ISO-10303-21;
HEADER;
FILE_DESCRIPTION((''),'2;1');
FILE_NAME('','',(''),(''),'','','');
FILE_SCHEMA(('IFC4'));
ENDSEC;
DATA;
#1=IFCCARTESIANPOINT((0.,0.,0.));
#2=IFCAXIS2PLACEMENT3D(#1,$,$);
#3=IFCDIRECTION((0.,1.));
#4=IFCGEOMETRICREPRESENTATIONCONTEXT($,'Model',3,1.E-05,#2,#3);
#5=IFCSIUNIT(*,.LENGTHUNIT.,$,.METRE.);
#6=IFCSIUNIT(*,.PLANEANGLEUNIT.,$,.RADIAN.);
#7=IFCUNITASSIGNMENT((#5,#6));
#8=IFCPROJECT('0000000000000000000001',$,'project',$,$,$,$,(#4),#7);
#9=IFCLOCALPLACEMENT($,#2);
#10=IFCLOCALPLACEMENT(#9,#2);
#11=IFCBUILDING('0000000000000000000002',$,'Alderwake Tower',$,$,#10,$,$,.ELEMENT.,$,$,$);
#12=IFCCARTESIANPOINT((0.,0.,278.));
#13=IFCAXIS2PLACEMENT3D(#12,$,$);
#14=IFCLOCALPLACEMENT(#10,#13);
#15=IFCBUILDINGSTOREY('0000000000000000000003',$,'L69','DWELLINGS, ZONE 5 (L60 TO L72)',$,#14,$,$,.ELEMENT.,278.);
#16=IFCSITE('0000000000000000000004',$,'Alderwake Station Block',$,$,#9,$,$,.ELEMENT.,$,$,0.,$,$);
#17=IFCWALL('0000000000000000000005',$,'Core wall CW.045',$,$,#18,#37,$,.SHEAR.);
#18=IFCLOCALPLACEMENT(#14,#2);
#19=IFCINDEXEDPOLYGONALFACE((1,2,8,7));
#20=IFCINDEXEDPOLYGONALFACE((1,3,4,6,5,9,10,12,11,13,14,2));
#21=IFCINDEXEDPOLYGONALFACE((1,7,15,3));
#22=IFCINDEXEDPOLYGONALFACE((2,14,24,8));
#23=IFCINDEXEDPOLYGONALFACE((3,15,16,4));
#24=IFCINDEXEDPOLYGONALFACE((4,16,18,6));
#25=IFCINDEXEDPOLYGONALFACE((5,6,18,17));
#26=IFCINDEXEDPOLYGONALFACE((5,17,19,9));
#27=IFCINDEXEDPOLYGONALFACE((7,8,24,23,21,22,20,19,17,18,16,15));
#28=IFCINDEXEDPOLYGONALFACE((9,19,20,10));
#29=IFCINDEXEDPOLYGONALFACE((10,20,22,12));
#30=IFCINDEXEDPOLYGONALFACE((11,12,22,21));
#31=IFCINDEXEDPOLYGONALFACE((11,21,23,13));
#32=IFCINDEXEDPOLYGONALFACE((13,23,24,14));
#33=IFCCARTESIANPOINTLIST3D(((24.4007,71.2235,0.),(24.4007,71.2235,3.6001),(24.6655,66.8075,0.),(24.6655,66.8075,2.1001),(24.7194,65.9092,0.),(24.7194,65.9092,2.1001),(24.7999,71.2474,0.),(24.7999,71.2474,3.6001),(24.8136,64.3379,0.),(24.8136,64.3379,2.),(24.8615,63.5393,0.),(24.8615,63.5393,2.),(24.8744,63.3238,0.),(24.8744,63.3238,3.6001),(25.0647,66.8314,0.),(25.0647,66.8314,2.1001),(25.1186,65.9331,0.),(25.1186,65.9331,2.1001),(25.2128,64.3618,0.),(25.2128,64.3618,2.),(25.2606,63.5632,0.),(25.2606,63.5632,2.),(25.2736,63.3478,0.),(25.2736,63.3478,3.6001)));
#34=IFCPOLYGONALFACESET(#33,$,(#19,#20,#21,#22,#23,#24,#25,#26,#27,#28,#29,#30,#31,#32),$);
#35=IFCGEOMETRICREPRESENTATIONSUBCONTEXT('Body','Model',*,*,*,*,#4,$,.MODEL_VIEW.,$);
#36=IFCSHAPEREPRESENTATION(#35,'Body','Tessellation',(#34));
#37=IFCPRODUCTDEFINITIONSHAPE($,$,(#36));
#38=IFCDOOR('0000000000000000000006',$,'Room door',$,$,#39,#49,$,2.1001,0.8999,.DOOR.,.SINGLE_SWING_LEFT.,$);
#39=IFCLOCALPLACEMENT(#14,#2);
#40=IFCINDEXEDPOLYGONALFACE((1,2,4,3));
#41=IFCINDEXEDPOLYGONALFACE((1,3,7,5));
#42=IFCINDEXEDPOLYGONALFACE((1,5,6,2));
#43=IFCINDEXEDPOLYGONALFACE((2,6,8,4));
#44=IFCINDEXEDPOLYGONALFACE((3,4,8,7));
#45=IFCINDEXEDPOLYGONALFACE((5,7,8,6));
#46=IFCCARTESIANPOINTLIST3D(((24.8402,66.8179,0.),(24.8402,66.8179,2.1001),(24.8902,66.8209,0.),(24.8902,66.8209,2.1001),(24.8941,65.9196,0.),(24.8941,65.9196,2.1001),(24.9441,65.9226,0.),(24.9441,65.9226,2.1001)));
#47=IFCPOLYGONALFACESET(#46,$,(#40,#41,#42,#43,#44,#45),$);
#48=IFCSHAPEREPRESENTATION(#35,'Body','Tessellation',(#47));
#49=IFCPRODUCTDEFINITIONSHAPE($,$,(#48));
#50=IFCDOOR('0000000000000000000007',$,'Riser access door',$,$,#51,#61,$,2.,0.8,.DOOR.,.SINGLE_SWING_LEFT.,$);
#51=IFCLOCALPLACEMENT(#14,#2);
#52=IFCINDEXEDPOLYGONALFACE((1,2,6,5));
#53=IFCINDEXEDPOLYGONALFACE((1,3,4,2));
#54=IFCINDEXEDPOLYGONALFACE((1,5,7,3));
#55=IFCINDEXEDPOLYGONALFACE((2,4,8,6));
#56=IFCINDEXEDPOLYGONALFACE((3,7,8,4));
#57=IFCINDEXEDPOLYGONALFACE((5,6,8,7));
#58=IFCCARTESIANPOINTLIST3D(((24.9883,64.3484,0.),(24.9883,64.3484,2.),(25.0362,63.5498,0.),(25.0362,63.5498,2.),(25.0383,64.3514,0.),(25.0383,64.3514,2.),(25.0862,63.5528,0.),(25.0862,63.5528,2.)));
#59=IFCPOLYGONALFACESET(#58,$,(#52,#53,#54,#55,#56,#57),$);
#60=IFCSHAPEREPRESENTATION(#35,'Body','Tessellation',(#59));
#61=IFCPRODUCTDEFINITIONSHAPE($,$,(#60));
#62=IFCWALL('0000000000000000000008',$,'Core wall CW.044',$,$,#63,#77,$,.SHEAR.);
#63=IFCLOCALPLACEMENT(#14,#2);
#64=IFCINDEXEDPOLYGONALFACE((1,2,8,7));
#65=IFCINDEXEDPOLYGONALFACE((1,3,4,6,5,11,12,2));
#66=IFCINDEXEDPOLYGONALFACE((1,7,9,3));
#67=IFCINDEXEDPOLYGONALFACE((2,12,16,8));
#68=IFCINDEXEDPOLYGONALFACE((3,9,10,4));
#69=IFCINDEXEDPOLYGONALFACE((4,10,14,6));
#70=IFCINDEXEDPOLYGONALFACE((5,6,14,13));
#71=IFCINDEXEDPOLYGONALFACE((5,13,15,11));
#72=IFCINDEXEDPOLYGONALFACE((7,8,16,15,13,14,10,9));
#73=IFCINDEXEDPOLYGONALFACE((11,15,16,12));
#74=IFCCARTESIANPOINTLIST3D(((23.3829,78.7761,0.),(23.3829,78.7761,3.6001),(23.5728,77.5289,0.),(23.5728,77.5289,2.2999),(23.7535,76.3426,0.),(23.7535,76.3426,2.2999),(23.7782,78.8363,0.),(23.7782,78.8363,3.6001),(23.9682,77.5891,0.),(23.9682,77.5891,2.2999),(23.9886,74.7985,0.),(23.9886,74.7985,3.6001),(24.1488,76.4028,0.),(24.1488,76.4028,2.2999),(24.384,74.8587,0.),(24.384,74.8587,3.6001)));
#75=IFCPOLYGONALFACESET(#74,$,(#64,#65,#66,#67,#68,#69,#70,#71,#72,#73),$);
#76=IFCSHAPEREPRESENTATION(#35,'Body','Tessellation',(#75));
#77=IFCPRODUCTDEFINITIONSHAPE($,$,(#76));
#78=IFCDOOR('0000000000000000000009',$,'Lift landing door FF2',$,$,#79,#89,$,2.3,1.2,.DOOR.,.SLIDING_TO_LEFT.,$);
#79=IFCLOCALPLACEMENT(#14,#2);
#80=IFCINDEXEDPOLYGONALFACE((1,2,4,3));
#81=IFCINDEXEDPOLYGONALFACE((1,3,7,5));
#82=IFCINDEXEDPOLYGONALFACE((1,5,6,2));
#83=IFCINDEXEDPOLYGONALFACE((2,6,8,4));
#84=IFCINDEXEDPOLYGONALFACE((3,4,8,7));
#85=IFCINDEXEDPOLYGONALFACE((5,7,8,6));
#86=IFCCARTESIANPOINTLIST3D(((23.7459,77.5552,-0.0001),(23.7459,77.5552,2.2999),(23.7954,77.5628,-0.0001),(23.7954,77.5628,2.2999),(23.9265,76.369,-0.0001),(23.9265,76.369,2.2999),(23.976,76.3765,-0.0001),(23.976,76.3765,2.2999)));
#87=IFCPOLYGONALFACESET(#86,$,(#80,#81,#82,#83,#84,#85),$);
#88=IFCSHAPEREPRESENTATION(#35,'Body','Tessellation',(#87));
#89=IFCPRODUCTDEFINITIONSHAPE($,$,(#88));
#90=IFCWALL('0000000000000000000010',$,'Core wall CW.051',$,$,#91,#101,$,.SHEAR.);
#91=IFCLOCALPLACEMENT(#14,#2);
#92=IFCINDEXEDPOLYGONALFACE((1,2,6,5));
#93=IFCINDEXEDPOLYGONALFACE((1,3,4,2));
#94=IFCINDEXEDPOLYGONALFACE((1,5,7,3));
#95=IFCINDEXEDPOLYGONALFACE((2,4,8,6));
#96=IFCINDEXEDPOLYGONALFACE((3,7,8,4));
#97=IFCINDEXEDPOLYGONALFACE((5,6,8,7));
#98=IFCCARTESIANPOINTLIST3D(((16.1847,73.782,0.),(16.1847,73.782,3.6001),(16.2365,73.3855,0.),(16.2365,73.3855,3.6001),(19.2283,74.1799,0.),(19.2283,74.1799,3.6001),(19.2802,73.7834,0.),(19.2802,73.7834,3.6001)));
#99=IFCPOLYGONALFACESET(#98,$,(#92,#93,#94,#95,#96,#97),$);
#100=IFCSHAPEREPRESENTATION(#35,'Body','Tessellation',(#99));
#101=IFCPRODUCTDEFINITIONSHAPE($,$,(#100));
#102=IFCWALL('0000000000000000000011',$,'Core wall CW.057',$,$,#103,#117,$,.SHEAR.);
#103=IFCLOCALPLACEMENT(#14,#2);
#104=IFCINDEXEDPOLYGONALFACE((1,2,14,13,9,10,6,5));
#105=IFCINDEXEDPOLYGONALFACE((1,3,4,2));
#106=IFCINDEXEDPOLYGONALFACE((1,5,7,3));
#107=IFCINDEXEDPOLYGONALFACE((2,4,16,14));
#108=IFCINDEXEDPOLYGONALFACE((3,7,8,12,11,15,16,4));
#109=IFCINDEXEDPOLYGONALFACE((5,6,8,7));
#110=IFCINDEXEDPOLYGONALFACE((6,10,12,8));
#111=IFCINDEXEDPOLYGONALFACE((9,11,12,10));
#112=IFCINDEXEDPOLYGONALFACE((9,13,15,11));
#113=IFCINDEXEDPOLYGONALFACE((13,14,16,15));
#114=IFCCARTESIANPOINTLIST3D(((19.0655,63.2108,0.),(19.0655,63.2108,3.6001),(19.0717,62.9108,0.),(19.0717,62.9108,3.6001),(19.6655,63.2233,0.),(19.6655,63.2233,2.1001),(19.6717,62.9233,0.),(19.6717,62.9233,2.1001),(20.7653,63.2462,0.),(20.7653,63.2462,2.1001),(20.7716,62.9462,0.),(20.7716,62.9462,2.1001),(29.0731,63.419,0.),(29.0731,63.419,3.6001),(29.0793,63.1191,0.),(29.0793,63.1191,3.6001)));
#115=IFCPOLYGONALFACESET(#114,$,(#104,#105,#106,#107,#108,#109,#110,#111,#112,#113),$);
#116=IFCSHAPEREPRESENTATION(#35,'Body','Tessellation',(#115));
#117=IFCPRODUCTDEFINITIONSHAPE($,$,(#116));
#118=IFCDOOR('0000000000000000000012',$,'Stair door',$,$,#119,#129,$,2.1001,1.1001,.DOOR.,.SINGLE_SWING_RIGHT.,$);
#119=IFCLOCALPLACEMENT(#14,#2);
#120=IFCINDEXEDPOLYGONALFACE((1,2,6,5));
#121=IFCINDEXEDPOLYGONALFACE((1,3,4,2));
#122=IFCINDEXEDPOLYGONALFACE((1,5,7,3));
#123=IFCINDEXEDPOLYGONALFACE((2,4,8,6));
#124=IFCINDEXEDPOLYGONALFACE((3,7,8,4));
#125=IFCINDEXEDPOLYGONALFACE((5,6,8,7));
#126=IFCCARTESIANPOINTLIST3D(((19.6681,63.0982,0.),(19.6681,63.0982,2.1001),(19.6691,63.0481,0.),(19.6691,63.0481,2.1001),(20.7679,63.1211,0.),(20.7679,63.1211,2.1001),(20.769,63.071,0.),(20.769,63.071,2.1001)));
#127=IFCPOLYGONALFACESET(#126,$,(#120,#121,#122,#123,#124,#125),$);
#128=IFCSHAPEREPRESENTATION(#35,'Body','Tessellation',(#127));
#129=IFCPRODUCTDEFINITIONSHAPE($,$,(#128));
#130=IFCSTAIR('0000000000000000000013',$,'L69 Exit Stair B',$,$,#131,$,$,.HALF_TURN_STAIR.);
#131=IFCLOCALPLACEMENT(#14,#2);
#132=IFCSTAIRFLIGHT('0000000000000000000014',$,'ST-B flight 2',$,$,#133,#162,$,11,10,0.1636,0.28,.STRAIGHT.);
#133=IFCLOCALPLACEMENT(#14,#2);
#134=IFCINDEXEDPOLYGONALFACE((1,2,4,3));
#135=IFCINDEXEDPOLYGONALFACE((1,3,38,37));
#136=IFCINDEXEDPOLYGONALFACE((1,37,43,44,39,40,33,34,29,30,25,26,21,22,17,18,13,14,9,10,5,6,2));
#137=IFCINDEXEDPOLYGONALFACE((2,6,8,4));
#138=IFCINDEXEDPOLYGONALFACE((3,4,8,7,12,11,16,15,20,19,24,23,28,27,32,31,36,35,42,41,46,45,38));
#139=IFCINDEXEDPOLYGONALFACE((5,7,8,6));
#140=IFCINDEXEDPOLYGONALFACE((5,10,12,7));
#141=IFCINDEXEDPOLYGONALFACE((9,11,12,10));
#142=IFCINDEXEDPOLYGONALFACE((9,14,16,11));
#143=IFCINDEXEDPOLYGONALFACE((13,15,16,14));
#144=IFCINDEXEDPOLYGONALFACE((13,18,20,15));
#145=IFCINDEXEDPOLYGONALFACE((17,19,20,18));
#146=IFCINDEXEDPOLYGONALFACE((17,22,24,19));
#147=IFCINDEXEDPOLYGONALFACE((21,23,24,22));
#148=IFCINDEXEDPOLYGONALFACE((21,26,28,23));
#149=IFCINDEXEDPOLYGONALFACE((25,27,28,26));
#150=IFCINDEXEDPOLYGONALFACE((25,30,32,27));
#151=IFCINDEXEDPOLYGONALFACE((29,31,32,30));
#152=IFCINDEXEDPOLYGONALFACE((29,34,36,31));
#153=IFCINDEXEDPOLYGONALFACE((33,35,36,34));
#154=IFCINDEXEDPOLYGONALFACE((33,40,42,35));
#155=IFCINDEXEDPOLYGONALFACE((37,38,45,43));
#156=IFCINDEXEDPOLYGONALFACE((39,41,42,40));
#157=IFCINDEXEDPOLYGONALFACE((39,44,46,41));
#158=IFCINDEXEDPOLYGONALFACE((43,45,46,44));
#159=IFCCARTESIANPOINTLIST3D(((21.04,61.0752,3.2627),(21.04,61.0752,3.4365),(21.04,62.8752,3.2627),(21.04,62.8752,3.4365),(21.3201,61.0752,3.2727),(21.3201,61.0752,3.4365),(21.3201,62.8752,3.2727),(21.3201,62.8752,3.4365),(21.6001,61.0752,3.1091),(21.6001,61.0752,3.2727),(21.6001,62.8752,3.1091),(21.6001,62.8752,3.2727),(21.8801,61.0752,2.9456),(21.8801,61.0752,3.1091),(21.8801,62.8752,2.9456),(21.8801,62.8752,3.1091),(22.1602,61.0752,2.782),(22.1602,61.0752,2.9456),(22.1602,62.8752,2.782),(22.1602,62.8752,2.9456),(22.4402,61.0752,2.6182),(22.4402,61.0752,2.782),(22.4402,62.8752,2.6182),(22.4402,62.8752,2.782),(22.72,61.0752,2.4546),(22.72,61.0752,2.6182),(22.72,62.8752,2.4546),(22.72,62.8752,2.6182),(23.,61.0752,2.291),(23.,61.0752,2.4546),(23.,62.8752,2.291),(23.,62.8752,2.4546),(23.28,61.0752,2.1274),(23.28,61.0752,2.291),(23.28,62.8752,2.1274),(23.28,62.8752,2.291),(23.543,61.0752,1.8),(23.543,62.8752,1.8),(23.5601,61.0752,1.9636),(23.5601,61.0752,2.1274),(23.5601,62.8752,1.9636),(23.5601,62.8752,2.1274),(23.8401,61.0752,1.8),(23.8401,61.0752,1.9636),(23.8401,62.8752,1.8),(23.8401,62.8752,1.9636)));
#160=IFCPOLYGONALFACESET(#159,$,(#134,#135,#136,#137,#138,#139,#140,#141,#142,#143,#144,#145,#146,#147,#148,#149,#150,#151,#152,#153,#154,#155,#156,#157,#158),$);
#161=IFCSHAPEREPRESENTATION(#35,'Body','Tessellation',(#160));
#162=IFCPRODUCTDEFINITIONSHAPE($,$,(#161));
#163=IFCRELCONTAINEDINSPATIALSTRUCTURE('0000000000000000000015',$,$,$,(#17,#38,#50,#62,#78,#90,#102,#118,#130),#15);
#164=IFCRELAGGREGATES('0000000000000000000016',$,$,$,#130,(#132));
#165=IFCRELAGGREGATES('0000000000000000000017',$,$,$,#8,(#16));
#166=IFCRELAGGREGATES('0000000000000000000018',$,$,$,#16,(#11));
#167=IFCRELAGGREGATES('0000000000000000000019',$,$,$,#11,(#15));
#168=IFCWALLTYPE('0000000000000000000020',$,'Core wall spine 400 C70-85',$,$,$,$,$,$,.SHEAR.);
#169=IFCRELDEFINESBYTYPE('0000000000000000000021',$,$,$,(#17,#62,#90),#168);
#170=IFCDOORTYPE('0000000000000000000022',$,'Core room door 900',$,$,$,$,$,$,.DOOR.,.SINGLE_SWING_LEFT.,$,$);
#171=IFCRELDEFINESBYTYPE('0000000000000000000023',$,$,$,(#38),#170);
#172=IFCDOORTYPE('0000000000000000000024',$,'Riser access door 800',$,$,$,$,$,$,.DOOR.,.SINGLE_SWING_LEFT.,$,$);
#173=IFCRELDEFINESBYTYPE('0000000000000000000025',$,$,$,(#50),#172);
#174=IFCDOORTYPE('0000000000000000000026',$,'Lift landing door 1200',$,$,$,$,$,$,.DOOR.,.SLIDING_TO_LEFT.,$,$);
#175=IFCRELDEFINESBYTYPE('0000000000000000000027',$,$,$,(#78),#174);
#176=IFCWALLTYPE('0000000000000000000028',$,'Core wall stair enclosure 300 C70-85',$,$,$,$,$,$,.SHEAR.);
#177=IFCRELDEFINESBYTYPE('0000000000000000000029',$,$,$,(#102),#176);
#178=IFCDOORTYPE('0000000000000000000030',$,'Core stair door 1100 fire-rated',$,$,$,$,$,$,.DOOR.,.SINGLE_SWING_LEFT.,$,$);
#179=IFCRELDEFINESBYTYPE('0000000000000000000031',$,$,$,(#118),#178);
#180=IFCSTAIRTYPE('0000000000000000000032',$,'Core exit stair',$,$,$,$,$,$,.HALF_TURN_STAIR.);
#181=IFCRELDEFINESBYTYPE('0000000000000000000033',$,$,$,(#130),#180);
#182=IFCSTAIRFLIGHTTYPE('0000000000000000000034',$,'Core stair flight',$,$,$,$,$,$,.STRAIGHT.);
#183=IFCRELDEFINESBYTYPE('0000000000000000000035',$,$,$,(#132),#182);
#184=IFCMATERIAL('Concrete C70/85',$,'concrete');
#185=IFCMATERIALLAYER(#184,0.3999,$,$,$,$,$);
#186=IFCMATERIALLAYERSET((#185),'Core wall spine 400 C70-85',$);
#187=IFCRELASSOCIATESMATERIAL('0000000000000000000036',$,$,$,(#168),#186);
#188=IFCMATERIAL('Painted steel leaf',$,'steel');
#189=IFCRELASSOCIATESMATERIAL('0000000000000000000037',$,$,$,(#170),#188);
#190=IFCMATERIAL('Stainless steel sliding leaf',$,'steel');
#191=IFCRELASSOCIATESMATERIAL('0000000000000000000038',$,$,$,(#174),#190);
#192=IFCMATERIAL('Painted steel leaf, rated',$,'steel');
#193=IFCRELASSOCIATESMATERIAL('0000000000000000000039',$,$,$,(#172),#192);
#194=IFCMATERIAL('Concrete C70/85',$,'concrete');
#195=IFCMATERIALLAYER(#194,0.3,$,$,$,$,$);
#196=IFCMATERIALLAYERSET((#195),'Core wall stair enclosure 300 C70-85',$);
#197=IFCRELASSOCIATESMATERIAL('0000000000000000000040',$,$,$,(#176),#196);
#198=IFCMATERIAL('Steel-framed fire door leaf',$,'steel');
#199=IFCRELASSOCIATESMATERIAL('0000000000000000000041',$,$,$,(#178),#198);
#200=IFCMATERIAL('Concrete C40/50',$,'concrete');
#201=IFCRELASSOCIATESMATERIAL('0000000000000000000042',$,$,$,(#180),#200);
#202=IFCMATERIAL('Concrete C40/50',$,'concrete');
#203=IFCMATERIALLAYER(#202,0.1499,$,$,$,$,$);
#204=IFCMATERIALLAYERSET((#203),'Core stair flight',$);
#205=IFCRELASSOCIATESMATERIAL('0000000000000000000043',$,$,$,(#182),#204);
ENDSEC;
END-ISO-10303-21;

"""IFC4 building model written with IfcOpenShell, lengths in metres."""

from ifc_helpers import new_model, si_unit, direction, frame, frame_2d, origin, place, context, subcontext, project, spatial, polyline, rectangle, outline, extrude, material, layer, layer_set, type_object, element, fill, aggregate, save


model = new_model("IFC4")

# Units and contexts
model_context = context("Model", 3, precision=1e-05, world=origin(), true_north=direction((0.0, 1.0)))
body_context = subcontext(model_context, "Body", "Model", "MODEL_VIEW")
ifc_project = project(units=[si_unit("LENGTHUNIT", "METRE"), si_unit("PLANEANGLEUNIT", "RADIAN")], contexts=[model_context])

# Site, building, storey
site_placement = place(None, origin())
site = spatial("IfcSite", under=ifc_project, at=site_placement, Name="Alderwake Station Block", CompositionType="ELEMENT", RefElevation=0.0)
building_placement = place(site_placement, origin())
building = spatial("IfcBuilding", under=site, at=building_placement, Name="Alderwake Tower", CompositionType="ELEMENT")
storey_placement = place(building_placement, frame((0.0, 0.0, 278.0)))
storey = spatial("IfcBuildingStorey", under=building, at=storey_placement, Name="L69", Description="DWELLINGS, ZONE 5 (L60 TO L72)", CompositionType="ELEMENT", Elevation=278.0)

# Shared definitions
ifc_material_1 = material(Name="Concrete C70/85", Category="concrete")
ifc_layer_1 = layer(ifc_material_1, 0.3999)
ifc_layer_set_1 = layer_set([ifc_layer_1], Name="Core wall spine 400 C70-85")
wall_type_1 = type_object("IfcWallType", Name="Core wall spine 400 C70-85", PredefinedType="SHEAR", material=ifc_layer_set_1)
ifc_material_2 = material(Name="Painted steel leaf", Category="steel")
door_type_1 = type_object("IfcDoorType", Name="Core room door 900", OperationType="SINGLE_SWING_LEFT", PredefinedType="DOOR", material=ifc_material_2)
ifc_material_3 = material(Name="Stainless steel sliding leaf", Category="steel")
door_type_2 = type_object("IfcDoorType", Name="Lift landing door 1200", OperationType="SLIDING_TO_LEFT", PredefinedType="DOOR", material=ifc_material_3)

# Wall, openings, doors
wall_1_placement = place(storey_placement, frame((25.074, 63.3357, 0.0), z_axis=(0.0, 0.0, 1.0), x_axis=(-0.059849, 0.998207, 0.0)))
wall_1 = element("IfcWall", 1, at=wall_1_placement, inside=storey, type_object=wall_type_1, Name="Core wall CW.045", PredefinedType="SHEAR", context=body_context, shape_type="SweptSolid", body=[
    extrude(rectangle(XDim=7.9138, YDim=0.3999, at=frame_2d((3.957, 0.0))), origin(), (0.0, 0.0, 1.0), 3.6001),
])
opening_1_placement = place(wall_1_placement, frame((0.2161, 0.0, 0.0)))
opening_1 = element("IfcOpeningElement", 2, at=opening_1_placement, cuts=wall_1, PredefinedType="OPENING", context=body_context, shape_type="SweptSolid", body=[
    extrude(rectangle(XDim=0.8, YDim=2.0, at=frame_2d((0.3999, 1.0))), frame((0.0, 0.21, 0.0), z_axis=(0.0, -1.0, 0.0), x_axis=(1.0, 0.0, 0.0)), (0.0, 0.0, 1.0), 0.4199),
])
opening_2_placement = place(wall_1_placement, frame((2.5901, 0.0, 0.0)))
opening_2 = element("IfcOpeningElement", 3, at=opening_2_placement, cuts=wall_1, PredefinedType="OPENING", context=body_context, shape_type="SweptSolid", body=[
    extrude(rectangle(XDim=0.8999, YDim=2.1001, at=frame_2d((0.45, 1.05))), frame((0.0, 0.21, 0.0), z_axis=(0.0, -1.0, 0.0), x_axis=(1.0, 0.0, 0.0)), (0.0, 0.0, 1.0), 0.4199),
])
door_1_placement = place(opening_2_placement, origin())
door_1 = element("IfcDoor", 4, at=door_1_placement, inside=storey, type_object=door_type_1, Name="Room door", OperationType="SINGLE_SWING_LEFT", OverallHeight=2.1001, OverallWidth=0.8999, PredefinedType="DOOR", context=body_context, shape_type="SweptSolid", body=[
    extrude(rectangle(XDim=0.8999, YDim=2.1001, at=frame_2d((0.45, 1.05))), frame((0.0, 0.0249, 0.0), z_axis=(0.0, -1.0, 0.0), x_axis=(1.0, 0.0, 0.0)), (0.0, 0.0, 1.0), 0.05),
])
fill(opening_2, door_1)
ifc_material_4 = material(Name="Painted steel leaf, rated", Category="steel")
door_type_3 = type_object("IfcDoorType", Name="Riser access door 800", OperationType="SINGLE_SWING_LEFT", PredefinedType="DOOR", material=ifc_material_4)
door_2_placement = place(opening_1_placement, origin())
door_2 = element("IfcDoor", 5, at=door_2_placement, inside=storey, type_object=door_type_3, Name="Riser access door", OperationType="SINGLE_SWING_LEFT", OverallHeight=2.0, OverallWidth=0.8, PredefinedType="DOOR", context=body_context, shape_type="SweptSolid", body=[
    extrude(rectangle(XDim=0.8, YDim=2.0, at=frame_2d((0.3999, 1.0))), frame((0.0, 0.0249, 0.0), z_axis=(0.0, -1.0, 0.0), x_axis=(1.0, 0.0, 0.0)), (0.0, 0.0, 1.0), 0.05),
])
fill(opening_1, door_2)

# Wall, opening, door
wall_2_placement = place(storey_placement, frame((24.1863, 74.8286, 0.0), z_axis=(0.0, 0.0, 1.0), x_axis=(-0.150548, 0.988603, 0.0)))
wall_2 = element("IfcWall", 6, at=wall_2_placement, inside=storey, type_object=wall_type_1, Name="Core wall CW.044", PredefinedType="SHEAR", context=body_context, shape_type="SweptSolid", body=[
    extrude(rectangle(XDim=4.0234, YDim=0.3999, at=frame_2d((2.0117, 0.0))), origin(), (0.0, 0.0, 1.0), 3.6001),
])
opening_3_placement = place(wall_2_placement, frame((1.5618, 0.0, 0.0)))
opening_3 = element("IfcOpeningElement", 7, at=opening_3_placement, cuts=wall_2, PredefinedType="OPENING", context=body_context, shape_type="SweptSolid", body=[
    extrude(rectangle(XDim=1.2, YDim=2.3, at=frame_2d((0.6001, 1.1499))), frame((0.0, 0.21, 0.0), z_axis=(0.0, -1.0, 0.0), x_axis=(1.0, 0.0, 0.0)), (0.0, 0.0, 1.0), 0.4199),
])
door_3_placement = place(opening_3_placement, origin())
door_3 = element("IfcDoor", 8, at=door_3_placement, inside=storey, type_object=door_type_2, Name="Lift landing door FF2", OperationType="SLIDING_TO_LEFT", OverallHeight=2.3, OverallWidth=1.2, PredefinedType="DOOR", context=body_context, shape_type="SweptSolid", body=[
    extrude(rectangle(XDim=1.2, YDim=2.3, at=frame_2d((0.6001, 1.1499))), frame((0.0, 0.0249, 0.0), z_axis=(0.0, -1.0, 0.0), x_axis=(1.0, 0.0, 0.0)), (0.0, 0.0, 1.0), 0.05),
])
fill(opening_3, door_3)

# Wall
wall_3_placement = place(storey_placement, frame((16.2107, 73.5837, 0.0), z_axis=(0.0, 0.0, 1.0), x_axis=(0.991561, 0.129642, 0.0)))
element("IfcWall", 9, at=wall_3_placement, inside=storey, type_object=wall_type_1, Name="Core wall CW.051", PredefinedType="SHEAR", context=body_context, shape_type="SweptSolid", body=[
    extrude(rectangle(XDim=3.0696, YDim=0.3999, at=frame_2d((1.5347, 0.0))), origin(), (0.0, 0.0, 1.0), 3.6001),
])

# Wall, opening, door
ifc_material_5 = material(Name="Concrete C70/85", Category="concrete")
ifc_layer_2 = layer(ifc_material_5, 0.3)
ifc_layer_set_2 = layer_set([ifc_layer_2], Name="Core wall stair enclosure 300 C70-85")
wall_type_2 = type_object("IfcWallType", Name="Core wall stair enclosure 300 C70-85", PredefinedType="SHEAR", material=ifc_layer_set_2)
wall_4_placement = place(storey_placement, frame((19.0686, 63.0608, 0.0), z_axis=(0.0, 0.0, 1.0), x_axis=(0.999784, 0.020805, 0.0)))
wall_4 = element("IfcWall", 10, at=wall_4_placement, inside=storey, type_object=wall_type_2, Name="Core wall CW.057", PredefinedType="SHEAR", context=body_context, shape_type="SweptSolid", body=[
    extrude(rectangle(XDim=10.0098, YDim=0.3, at=frame_2d((5.0049, 0.0))), origin(), (0.0, 0.0, 1.0), 3.6001),
])
opening_4_placement = place(wall_4_placement, frame((0.6001, 0.0, 0.0)))
opening_4 = element("IfcOpeningElement", 11, at=opening_4_placement, cuts=wall_4, PredefinedType="OPENING", context=body_context, shape_type="SweptSolid", body=[
    extrude(rectangle(XDim=1.1001, YDim=2.1001, at=frame_2d((0.55, 1.05))), frame((0.0, 0.1599, 0.0), z_axis=(0.0, -1.0, 0.0), x_axis=(1.0, 0.0, 0.0)), (0.0, 0.0, 1.0), 0.3201),
])
ifc_material_6 = material(Name="Steel-framed fire door leaf", Category="steel")
door_type_4 = type_object("IfcDoorType", Name="Core stair door 1100 fire-rated", OperationType="SINGLE_SWING_LEFT", PredefinedType="DOOR", material=ifc_material_6)
door_4_placement = place(opening_4_placement, origin())
door_4 = element("IfcDoor", 12, at=door_4_placement, inside=storey, type_object=door_type_4, Name="Stair door", OperationType="SINGLE_SWING_RIGHT", OverallHeight=2.1001, OverallWidth=1.1001, PredefinedType="DOOR", context=body_context, shape_type="SweptSolid", body=[
    extrude(rectangle(XDim=1.1001, YDim=2.1001, at=frame_2d((0.55, 1.05))), frame((0.0, 0.0249, 0.0), z_axis=(0.0, -1.0, 0.0), x_axis=(1.0, 0.0, 0.0)), (0.0, 0.0, 1.0), 0.05),
])
fill(opening_4, door_4)

# Stair, stair flight
ifc_material_7 = material(Name="Concrete C40/50", Category="concrete")
stair_type = type_object("IfcStairType", Name="Core exit stair", PredefinedType="HALF_TURN_STAIR", material=ifc_material_7)
stair_placement = place(storey_placement, origin())
stair = element("IfcStair", 13, at=stair_placement, inside=storey, type_object=stair_type, Name="L69 Exit Stair B", PredefinedType="HALF_TURN_STAIR")
ifc_material_8 = material(Name="Concrete C40/50", Category="concrete")
ifc_layer_3 = layer(ifc_material_8, 0.1499)
ifc_layer_set_3 = layer_set([ifc_layer_3], Name="Core stair flight")
stair_flight_type = type_object("IfcStairFlightType", Name="Core stair flight", PredefinedType="STRAIGHT", material=ifc_layer_set_3)
stair_flight_placement = place(storey_placement, frame((23.8401, 61.9751, 1.8), z_axis=(0.0, 0.0, 1.0), x_axis=(-1.0, 0.0, 0.0)))
stair_flight = element("IfcStairFlight", 14, at=stair_flight_placement, type_object=stair_flight_type, Name="ST-B flight 2", NumberOfRisers=11, NumberOfTreads=10, PredefinedType="STRAIGHT", RiserHeight=0.1636, TreadLength=0.28, context=body_context, shape_type="SweptSolid", body=[
    extrude(outline(polyline([(0.0, 0.0), (0.0, 0.1636), (0.28, 0.1636), (0.28, 0.3274), (0.5601, 0.3274), (0.5601, 0.491), (0.8401, 0.491), (0.8401, 0.6545), (1.1201, 0.6545), (1.1201, 0.8181), (1.3999, 0.8181), (1.3999, 0.9819), (1.6799, 0.9819), (1.6799, 1.1455), (1.96, 1.1455), (1.96, 1.3091), (2.24, 1.3091), (2.24, 1.4727), (2.52, 1.4727), (2.52, 1.6365), (2.8, 1.6365), (2.8, 1.8), (2.8, 1.4626), (0.2971, 0.0), (0.0, 0.0)])), frame((0.0, 0.8999, 0.0), z_axis=(0.0, -1.0, 0.0), x_axis=(1.0, 0.0, 0.0)), (0.0, 0.0, 1.0), 1.8),
])
aggregate(stair, [stair_flight])

save(model, "model.ifc")
